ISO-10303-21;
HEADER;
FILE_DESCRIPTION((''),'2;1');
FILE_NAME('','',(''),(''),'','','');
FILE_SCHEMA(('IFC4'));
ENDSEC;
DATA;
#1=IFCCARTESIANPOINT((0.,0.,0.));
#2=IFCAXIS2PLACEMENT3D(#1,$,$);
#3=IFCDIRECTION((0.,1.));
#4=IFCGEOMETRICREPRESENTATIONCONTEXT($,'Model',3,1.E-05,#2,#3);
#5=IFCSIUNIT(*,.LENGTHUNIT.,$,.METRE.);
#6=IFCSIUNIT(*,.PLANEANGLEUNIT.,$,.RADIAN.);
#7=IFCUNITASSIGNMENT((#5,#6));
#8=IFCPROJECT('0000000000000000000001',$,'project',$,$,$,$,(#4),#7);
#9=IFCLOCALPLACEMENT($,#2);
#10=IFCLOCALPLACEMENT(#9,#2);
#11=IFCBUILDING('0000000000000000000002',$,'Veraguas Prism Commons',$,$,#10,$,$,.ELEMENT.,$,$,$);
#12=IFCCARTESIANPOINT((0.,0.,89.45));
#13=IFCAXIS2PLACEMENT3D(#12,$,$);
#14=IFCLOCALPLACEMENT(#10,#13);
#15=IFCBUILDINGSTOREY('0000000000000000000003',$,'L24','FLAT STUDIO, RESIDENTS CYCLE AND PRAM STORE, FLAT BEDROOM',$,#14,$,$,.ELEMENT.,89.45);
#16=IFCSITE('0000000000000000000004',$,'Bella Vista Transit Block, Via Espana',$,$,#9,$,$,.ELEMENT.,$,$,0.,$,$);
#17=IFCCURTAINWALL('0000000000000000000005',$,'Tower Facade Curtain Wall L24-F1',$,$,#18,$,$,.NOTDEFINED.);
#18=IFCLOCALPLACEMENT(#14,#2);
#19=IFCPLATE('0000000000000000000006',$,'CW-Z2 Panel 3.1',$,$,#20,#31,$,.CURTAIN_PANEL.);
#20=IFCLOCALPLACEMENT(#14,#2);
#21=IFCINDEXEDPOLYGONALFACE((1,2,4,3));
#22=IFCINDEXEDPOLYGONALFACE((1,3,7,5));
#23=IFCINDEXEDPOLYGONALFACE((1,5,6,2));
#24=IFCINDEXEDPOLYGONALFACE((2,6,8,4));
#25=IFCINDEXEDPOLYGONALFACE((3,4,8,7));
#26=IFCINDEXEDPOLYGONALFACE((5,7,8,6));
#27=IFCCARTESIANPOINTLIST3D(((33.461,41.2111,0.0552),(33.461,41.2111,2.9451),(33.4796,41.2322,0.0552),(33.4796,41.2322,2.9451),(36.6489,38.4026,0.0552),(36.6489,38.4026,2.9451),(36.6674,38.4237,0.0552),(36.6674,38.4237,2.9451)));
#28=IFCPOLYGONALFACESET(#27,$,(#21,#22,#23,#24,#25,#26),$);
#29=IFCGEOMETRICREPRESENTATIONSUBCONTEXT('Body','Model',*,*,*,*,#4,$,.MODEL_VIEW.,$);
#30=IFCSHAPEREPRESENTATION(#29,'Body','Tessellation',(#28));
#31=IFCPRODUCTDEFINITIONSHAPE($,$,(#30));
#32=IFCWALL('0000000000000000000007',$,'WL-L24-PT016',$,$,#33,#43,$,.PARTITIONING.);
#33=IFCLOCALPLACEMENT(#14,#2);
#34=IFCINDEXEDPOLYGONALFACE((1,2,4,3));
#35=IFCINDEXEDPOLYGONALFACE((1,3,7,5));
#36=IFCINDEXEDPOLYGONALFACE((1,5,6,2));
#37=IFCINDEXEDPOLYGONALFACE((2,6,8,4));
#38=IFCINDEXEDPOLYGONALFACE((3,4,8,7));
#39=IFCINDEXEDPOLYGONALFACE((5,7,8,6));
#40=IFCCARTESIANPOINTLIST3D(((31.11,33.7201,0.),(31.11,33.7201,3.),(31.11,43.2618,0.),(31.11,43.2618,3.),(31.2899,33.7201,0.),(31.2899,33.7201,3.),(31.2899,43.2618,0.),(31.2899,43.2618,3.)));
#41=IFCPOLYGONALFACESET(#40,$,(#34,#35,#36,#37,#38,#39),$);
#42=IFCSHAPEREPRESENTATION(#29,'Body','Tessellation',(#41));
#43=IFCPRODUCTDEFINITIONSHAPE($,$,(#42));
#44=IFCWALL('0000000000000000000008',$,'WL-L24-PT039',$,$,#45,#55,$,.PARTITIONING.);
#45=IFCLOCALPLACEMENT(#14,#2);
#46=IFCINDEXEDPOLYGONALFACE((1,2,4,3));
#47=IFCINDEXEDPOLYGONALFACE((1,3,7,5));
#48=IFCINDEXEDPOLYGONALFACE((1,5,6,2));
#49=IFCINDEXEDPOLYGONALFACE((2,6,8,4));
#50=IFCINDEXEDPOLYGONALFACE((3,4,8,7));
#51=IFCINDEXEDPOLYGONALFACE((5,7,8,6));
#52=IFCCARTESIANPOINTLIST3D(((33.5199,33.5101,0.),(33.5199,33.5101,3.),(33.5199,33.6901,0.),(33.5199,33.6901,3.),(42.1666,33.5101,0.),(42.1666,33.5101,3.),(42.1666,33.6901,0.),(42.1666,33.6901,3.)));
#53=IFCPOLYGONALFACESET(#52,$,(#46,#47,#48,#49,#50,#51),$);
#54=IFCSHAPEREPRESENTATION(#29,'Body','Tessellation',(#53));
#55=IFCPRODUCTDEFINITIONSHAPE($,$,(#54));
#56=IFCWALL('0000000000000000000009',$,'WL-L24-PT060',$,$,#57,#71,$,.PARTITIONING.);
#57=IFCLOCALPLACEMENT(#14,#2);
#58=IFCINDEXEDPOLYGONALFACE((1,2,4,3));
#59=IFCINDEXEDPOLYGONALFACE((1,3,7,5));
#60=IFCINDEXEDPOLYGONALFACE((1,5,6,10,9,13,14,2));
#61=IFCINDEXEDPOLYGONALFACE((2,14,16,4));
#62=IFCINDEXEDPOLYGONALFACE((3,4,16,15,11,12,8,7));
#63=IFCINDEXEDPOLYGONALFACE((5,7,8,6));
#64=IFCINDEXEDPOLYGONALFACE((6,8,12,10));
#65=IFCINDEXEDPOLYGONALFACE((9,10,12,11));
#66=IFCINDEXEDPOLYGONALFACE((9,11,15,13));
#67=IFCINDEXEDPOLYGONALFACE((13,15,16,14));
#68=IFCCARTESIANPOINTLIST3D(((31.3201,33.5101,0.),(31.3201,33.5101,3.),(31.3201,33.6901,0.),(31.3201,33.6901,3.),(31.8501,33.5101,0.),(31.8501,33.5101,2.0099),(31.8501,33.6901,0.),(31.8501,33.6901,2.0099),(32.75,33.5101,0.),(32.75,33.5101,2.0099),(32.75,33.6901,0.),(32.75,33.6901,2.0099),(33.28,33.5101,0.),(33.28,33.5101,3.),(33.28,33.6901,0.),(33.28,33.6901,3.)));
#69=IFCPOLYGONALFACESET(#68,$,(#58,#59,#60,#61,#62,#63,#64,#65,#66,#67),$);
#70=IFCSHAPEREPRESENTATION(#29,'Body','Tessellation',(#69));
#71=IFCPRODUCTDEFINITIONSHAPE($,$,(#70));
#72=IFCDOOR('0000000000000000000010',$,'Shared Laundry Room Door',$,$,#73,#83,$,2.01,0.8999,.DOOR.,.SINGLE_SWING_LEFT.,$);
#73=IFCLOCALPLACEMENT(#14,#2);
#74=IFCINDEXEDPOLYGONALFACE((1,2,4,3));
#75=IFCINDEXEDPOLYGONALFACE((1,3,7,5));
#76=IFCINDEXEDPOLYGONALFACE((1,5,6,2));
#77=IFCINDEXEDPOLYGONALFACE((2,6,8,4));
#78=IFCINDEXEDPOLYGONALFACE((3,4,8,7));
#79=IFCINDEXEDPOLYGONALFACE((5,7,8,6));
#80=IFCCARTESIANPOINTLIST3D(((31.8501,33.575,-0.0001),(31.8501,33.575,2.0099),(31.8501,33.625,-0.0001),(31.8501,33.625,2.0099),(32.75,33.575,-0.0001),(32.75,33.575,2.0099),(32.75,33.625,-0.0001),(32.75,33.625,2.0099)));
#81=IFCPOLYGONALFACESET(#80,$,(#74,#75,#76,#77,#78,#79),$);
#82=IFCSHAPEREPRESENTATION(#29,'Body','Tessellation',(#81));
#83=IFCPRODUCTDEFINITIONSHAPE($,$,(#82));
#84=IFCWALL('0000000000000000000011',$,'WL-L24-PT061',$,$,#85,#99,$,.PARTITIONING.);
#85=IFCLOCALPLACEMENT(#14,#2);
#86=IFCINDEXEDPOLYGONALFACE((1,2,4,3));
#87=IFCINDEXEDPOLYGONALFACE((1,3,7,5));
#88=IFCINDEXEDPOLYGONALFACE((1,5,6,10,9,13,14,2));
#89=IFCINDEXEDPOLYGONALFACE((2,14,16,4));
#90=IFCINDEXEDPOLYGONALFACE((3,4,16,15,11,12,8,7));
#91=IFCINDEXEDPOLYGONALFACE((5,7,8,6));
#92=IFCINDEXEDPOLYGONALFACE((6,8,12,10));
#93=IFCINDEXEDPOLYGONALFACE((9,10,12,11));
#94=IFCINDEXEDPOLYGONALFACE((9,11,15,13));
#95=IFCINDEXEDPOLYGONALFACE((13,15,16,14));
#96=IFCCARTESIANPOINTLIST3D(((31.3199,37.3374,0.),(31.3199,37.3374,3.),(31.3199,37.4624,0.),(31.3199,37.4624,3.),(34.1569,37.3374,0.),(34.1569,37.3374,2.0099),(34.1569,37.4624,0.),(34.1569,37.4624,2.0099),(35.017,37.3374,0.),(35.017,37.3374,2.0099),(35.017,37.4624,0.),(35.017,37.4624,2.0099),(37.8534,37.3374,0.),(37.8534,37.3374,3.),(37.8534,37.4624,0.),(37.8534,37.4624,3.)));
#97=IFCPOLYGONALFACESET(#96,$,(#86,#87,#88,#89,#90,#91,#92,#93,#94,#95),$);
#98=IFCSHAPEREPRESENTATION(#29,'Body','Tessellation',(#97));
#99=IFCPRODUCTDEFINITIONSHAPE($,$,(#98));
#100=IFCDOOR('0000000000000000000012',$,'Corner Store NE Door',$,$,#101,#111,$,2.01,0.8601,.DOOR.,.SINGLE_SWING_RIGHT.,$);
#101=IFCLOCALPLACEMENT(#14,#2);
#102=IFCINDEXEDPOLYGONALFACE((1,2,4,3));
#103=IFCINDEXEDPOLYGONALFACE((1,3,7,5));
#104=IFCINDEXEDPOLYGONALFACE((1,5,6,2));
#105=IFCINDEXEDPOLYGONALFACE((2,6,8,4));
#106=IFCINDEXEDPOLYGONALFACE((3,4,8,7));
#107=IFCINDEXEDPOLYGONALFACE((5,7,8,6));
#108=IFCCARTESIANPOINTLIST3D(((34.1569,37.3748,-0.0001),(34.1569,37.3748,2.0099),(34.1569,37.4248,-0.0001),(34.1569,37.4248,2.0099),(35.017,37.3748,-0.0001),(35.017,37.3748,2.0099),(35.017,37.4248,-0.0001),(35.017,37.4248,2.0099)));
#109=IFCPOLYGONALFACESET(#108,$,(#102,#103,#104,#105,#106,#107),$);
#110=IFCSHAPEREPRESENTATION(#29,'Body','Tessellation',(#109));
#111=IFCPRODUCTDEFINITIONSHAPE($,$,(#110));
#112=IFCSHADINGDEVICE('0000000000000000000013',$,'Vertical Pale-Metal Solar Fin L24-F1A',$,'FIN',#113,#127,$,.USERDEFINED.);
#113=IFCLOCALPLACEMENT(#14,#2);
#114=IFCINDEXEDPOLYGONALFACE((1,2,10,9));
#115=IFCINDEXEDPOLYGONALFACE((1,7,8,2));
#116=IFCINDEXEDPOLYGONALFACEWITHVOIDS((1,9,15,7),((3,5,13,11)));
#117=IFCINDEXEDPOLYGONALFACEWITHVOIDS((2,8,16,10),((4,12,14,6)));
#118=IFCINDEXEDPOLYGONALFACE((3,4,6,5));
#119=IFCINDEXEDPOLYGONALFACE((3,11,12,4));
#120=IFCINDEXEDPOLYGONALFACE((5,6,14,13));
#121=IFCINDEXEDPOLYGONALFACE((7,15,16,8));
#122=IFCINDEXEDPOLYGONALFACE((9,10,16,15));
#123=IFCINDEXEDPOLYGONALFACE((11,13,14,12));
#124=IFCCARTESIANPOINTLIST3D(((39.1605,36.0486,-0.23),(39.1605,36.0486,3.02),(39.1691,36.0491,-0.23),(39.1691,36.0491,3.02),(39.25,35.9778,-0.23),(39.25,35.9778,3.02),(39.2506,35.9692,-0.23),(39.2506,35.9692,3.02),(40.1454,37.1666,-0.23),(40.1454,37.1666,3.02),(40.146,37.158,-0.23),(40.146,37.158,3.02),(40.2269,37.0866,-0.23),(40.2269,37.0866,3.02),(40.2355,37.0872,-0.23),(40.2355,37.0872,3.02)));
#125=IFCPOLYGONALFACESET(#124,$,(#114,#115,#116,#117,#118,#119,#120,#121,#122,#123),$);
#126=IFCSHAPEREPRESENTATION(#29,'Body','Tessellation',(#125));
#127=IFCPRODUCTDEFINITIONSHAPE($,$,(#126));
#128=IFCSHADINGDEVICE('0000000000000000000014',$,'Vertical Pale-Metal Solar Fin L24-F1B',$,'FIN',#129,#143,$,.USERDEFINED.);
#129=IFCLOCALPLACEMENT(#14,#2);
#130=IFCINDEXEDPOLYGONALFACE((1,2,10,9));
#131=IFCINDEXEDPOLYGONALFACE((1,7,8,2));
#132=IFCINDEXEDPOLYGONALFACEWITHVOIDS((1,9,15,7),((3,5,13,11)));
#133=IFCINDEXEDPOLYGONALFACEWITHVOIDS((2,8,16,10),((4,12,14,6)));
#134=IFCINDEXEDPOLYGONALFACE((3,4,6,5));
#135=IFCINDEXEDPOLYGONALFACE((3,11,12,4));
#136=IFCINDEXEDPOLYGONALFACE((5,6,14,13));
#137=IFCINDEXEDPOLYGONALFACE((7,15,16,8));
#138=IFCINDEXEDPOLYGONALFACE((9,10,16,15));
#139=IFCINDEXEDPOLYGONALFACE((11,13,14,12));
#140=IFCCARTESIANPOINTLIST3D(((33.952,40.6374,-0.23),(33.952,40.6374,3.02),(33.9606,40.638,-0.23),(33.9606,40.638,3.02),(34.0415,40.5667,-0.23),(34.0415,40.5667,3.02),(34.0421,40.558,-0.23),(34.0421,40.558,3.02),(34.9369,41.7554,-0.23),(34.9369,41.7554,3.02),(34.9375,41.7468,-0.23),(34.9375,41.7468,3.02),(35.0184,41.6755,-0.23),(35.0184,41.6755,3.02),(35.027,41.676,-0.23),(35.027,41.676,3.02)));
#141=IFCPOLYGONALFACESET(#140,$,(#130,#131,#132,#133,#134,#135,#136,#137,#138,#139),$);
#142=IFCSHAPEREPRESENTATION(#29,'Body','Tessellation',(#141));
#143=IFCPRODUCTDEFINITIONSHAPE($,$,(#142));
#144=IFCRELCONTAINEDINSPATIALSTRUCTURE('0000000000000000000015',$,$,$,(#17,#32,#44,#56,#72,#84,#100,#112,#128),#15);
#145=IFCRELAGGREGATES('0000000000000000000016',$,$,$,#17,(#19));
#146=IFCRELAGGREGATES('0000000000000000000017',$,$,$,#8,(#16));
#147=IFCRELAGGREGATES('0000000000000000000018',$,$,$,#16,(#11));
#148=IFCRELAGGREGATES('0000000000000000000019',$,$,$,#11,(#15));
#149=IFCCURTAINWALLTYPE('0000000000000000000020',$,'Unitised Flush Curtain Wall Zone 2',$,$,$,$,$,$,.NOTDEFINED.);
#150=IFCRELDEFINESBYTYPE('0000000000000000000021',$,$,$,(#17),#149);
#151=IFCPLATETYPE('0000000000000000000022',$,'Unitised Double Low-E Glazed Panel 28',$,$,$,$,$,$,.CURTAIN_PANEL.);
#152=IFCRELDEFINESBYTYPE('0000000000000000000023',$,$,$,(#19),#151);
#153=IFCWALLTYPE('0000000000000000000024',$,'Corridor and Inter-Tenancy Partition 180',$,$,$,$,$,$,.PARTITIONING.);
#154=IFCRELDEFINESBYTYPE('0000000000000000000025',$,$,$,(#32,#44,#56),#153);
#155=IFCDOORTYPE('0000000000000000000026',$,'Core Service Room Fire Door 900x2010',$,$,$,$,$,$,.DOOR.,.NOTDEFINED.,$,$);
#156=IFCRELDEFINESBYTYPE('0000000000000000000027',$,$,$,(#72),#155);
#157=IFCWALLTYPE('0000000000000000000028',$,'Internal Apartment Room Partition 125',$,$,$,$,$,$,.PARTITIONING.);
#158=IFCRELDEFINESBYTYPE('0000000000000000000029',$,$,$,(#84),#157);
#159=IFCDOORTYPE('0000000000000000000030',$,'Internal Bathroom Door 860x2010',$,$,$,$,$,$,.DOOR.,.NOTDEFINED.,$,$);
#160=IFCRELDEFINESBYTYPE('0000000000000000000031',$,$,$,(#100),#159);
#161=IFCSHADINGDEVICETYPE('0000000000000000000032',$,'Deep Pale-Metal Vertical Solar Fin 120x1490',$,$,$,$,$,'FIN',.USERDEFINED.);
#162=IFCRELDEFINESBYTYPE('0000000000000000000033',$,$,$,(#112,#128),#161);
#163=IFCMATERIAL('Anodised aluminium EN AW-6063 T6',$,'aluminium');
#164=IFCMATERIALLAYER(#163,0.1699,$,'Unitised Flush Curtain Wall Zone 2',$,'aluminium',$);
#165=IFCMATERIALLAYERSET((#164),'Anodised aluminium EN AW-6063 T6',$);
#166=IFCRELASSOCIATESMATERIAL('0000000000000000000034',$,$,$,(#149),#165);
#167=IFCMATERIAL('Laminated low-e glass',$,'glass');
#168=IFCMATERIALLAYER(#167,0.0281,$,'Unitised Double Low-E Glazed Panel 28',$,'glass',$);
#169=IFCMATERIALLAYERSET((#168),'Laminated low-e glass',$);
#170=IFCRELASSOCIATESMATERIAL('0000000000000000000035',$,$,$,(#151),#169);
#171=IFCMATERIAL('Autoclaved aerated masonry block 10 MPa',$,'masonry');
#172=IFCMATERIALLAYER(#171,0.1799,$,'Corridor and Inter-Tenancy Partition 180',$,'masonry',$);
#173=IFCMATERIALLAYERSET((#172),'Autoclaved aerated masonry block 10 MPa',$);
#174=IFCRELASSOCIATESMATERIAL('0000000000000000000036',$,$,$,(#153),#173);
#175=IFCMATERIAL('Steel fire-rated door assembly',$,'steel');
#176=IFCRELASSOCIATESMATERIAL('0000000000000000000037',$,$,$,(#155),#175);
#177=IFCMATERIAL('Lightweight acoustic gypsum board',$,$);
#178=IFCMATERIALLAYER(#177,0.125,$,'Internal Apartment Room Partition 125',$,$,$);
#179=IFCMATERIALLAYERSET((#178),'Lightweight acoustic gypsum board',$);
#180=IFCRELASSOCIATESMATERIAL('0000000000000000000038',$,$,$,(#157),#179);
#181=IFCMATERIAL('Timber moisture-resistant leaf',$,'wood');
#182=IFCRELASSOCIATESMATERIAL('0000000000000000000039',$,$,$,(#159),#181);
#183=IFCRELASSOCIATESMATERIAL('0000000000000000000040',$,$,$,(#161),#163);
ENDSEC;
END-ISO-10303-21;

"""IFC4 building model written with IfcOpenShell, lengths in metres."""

from ifc_helpers import new_model, si_unit, direction, frame, frame_2d, origin, origin_2d, place, context, subcontext, project, spatial, rectangle, hollow_rectangle, extrude, source, transform, mapped, material, layer, layer_set, material_profile, profile_set, type_object, element, fill, aggregate, save


model = new_model("IFC4")

# Units and contexts
model_context = context("Model", 3, precision=1e-05, world=origin(), true_north=direction((0.0, 1.0)))
body_context = subcontext(model_context, "Body", "Model", "MODEL_VIEW")
ifc_project = project(units=[si_unit("LENGTHUNIT", "METRE"), si_unit("PLANEANGLEUNIT", "RADIAN")], contexts=[model_context])

# Site, building, storey
site_placement = place(None, origin())
site = spatial("IfcSite", under=ifc_project, at=site_placement, Name="Bella Vista Transit Block, Via Espana", CompositionType="ELEMENT", RefElevation=0.0)
building_placement = place(site_placement, origin())
building = spatial("IfcBuilding", under=site, at=building_placement, Name="Veraguas Prism Commons", CompositionType="ELEMENT")
storey_placement = place(building_placement, frame((0.0, 0.0, 89.45)))
storey = spatial("IfcBuildingStorey", under=building, at=storey_placement, Name="L24", Description="FLAT STUDIO, RESIDENTS CYCLE AND PRAM STORE, FLAT BEDROOM", CompositionType="ELEMENT", Elevation=89.45)

# Curtain wall
ifc_material_1 = material(Name="Anodised aluminium EN AW-6063 T6", Category="aluminium")
ifc_layer_1 = layer(ifc_material_1, 0.1699, Name="Unitised Flush Curtain Wall Zone 2", Category="aluminium")
ifc_layer_set_1 = layer_set([ifc_layer_1], Name="Anodised aluminium EN AW-6063 T6")
curtain_wall_type = type_object("IfcCurtainWallType", Name="Unitised Flush Curtain Wall Zone 2", PredefinedType="NOTDEFINED", material=ifc_layer_set_1)
curtain_wall_1_placement = place(storey_placement, origin())
curtain_wall_1 = element("IfcCurtainWall", 1, at=curtain_wall_1_placement, inside=storey, type_object=curtain_wall_type, Name="Tower Facade Curtain Wall L24-F1", PredefinedType="NOTDEFINED")

# Plate
ifc_material_2 = material(Name="Laminated low-e glass", Category="glass")
ifc_layer_2 = layer(ifc_material_2, 0.0281, Name="Unitised Double Low-E Glazed Panel 28", Category="glass")
ifc_layer_set_2 = layer_set([ifc_layer_2], Name="Laminated low-e glass")
plate_type = type_object("IfcPlateType", Name="Unitised Double Low-E Glazed Panel 28", PredefinedType="CURTAIN_PANEL", material=ifc_layer_set_2)
shared_shape_1 = source(origin(), body_context, "Body", "SweptSolid", [
    extrude(rectangle(XDim=4.2485, YDim=0.0281, at=origin_2d()), origin(), (0.0, 0.0, 1.0), 2.8899),
])
plate_1_placement = place(storey_placement, frame((35.0642, 39.8174, 0.0552), z_axis=(0.0, 0.0, 1.0), x_axis=(-0.750342, 0.66105, 0.0)))
plate_1 = element("IfcPlate", 2, at=plate_1_placement, type_object=plate_type, Name="CW-Z2 Panel 3.1", PredefinedType="CURTAIN_PANEL", context=body_context, shape_type="MappedRepresentation", body=[
    mapped(shared_shape_1, transform((0.0, 0.0, 0.0), scale=1.0)),
])
aggregate(curtain_wall_1, [plate_1])

# Walls
ifc_material_3 = material(Name="Autoclaved aerated masonry block 10 MPa", Category="masonry")
ifc_layer_3 = layer(ifc_material_3, 0.1799, Name="Corridor and Inter-Tenancy Partition 180", Category="masonry")
ifc_layer_set_3 = layer_set([ifc_layer_3], Name="Autoclaved aerated masonry block 10 MPa")
wall_type_1 = type_object("IfcWallType", Name="Corridor and Inter-Tenancy Partition 180", PredefinedType="PARTITIONING", material=ifc_layer_set_3)
wall_1_placement = place(storey_placement, frame((31.2, 33.72, 0.0), z_axis=(0.0, 0.0, 1.0), x_axis=(0.0, 1.0, 0.0)))
element("IfcWall", 3, at=wall_1_placement, inside=storey, type_object=wall_type_1, Name="WL-L24-PT016", PredefinedType="PARTITIONING", context=body_context, shape_type="SweptSolid", body=[
    extrude(rectangle(XDim=9.5417, YDim=0.1799, at=frame_2d((4.771, 0.0))), origin(), (0.0, 0.0, 1.0), 3.0),
])
wall_2_placement = place(storey_placement, frame((33.52, 33.6001, 0.0), z_axis=(0.0, 0.0, 1.0), x_axis=(1.0, 0.0, 0.0)))
element("IfcWall", 4, at=wall_2_placement, inside=storey, type_object=wall_type_1, Name="WL-L24-PT039", PredefinedType="PARTITIONING", context=body_context, shape_type="SweptSolid", body=[
    extrude(rectangle(XDim=8.6467, YDim=0.1799, at=frame_2d((4.3232, 0.0))), origin(), (0.0, 0.0, 1.0), 3.0),
])

# Walls, openings, doors
wall_3_placement = place(storey_placement, frame((31.3201, 33.6001, 0.0), z_axis=(0.0, 0.0, 1.0), x_axis=(1.0, 0.0, 0.0)))
wall_3 = element("IfcWall", 5, at=wall_3_placement, inside=storey, type_object=wall_type_1, Name="WL-L24-PT060", PredefinedType="PARTITIONING", context=body_context, shape_type="SweptSolid", body=[
    extrude(rectangle(XDim=1.96, YDim=0.1799, at=frame_2d((0.98, 0.0))), origin(), (0.0, 0.0, 1.0), 3.0),
])
opening_1_placement = place(wall_3_placement, frame((0.53, 0.0, 0.0)))
opening_1 = element("IfcOpeningElement", 6, at=opening_1_placement, cuts=wall_3, PredefinedType="OPENING", context=body_context, shape_type="SweptSolid", body=[
    extrude(rectangle(XDim=0.8999, YDim=2.01, at=frame_2d((0.45, 1.0049))), frame((0.0, 0.0999, 0.0), z_axis=(0.0, -1.0, 0.0), x_axis=(1.0, 0.0, 0.0)), (0.0, 0.0, 1.0), 0.2),
])
ifc_material_4 = material(Name="Steel fire-rated door assembly", Category="steel")
door_type_1 = type_object("IfcDoorType", Name="Core Service Room Fire Door 900x2010", OperationType="NOTDEFINED", PredefinedType="DOOR", material=ifc_material_4)
shared_shape_2 = source(origin(), body_context, "Body", "SweptSolid", [
    extrude(rectangle(XDim=0.8999, YDim=2.01, at=frame_2d((0.45, 1.0049))), frame((0.0, 0.0249, 0.0), z_axis=(0.0, -1.0, 0.0), x_axis=(1.0, 0.0, 0.0)), (0.0, 0.0, 1.0), 0.05),
])
door_1_placement = place(opening_1_placement, origin())
door_1 = element("IfcDoor", 7, at=door_1_placement, inside=storey, type_object=door_type_1, Name="Shared Laundry Room Door", OperationType="SINGLE_SWING_LEFT", OverallHeight=2.01, OverallWidth=0.8999, PredefinedType="DOOR", context=body_context, shape_type="MappedRepresentation", body=[
    mapped(shared_shape_2, transform((0.0, 0.0, 0.0), scale=1.0)),
])
fill(opening_1, door_1)
ifc_material_5 = material(Name="Lightweight acoustic gypsum board")
ifc_layer_4 = layer(ifc_material_5, 0.125, Name="Internal Apartment Room Partition 125")
ifc_layer_set_4 = layer_set([ifc_layer_4], Name="Lightweight acoustic gypsum board")
wall_type_2 = type_object("IfcWallType", Name="Internal Apartment Room Partition 125", PredefinedType="PARTITIONING", material=ifc_layer_set_4)
wall_4_placement = place(storey_placement, frame((31.3201, 37.3999, 0.0), z_axis=(0.0, 0.0, 1.0), x_axis=(1.0, 0.0, 0.0)))
wall_4 = element("IfcWall", 8, at=wall_4_placement, inside=storey, type_object=wall_type_2, Name="WL-L24-PT061", PredefinedType="PARTITIONING", context=body_context, shape_type="SweptSolid", body=[
    extrude(rectangle(XDim=6.5334, YDim=0.125, at=frame_2d((3.2666, 0.0))), origin(), (0.0, 0.0, 1.0), 3.0),
])
opening_2_placement = place(wall_4_placement, frame((2.8367, 0.0, 0.0)))
opening_2 = element("IfcOpeningElement", 9, at=opening_2_placement, cuts=wall_4, PredefinedType="OPENING", context=body_context, shape_type="SweptSolid", body=[
    extrude(rectangle(XDim=0.8601, YDim=2.01, at=frame_2d((0.4302, 1.0049))), frame((0.0, 0.0725, 0.0), z_axis=(0.0, -1.0, 0.0), x_axis=(1.0, 0.0, 0.0)), (0.0, 0.0, 1.0), 0.145),
])
ifc_material_6 = material(Name="Timber moisture-resistant leaf", Category="wood")
door_type_2 = type_object("IfcDoorType", Name="Internal Bathroom Door 860x2010", OperationType="NOTDEFINED", PredefinedType="DOOR", material=ifc_material_6)
shared_shape_3 = source(origin(), body_context, "Body", "SweptSolid", [
    extrude(rectangle(XDim=0.8601, YDim=2.01, at=frame_2d((0.4302, 1.0049))), frame((0.0, 0.0249, 0.0), z_axis=(0.0, -1.0, 0.0), x_axis=(1.0, 0.0, 0.0)), (0.0, 0.0, 1.0), 0.05),
])
door_2_placement = place(opening_2_placement, origin())
door_2 = element("IfcDoor", 10, at=door_2_placement, inside=storey, type_object=door_type_2, Name="Corner Store NE Door", OperationType="SINGLE_SWING_RIGHT", OverallHeight=2.01, OverallWidth=0.8601, PredefinedType="DOOR", context=body_context, shape_type="MappedRepresentation", body=[
    mapped(shared_shape_3, transform((0.0, 0.0, 0.0), scale=1.0)),
])
fill(opening_2, door_2)

# Shading devices
ifc_material_profile_1 = material_profile(ifc_material_1, hollow_rectangle(XDim=0.1201, YDim=1.49, WallThickness=0.0061, at=origin_2d()), Name="FIN120X1490X6")
ifc_profile_set_1 = profile_set([ifc_material_profile_1], Name="Anodised aluminium EN AW-6063 T6")
shading_device_type = type_object("IfcShadingDeviceType", Name="Deep Pale-Metal Vertical Solar Fin 120x1490", ElementType="FIN", PredefinedType="USERDEFINED", material=ifc_profile_set_1)
for number, where, z_axis, x_axis, name in (
    (11, (39.698, 36.5679, -0.23), (0.0, 0.0, 1.0), (-0.750338, 0.661054, 0.0), "Vertical Pale-Metal Solar Fin L24-F1A"),
    (12, (34.4895, 41.1567, -0.23), (0.0, 0.0, 1.0), (-0.750338, 0.661054, 0.0), "Vertical Pale-Metal Solar Fin L24-F1B"),
):
    element("IfcShadingDevice", number, at=place(storey_placement, frame(where, z_axis=z_axis, x_axis=x_axis)), inside=storey, type_object=shading_device_type, Name=name, ObjectType="FIN", PredefinedType="USERDEFINED", context=body_context, shape_type="SweptSolid", body=[
        extrude(hollow_rectangle(XDim=0.1201, YDim=1.49, WallThickness=0.0061, at=origin_2d()), origin(), (0.0, 0.0, 1.0), 3.25),
    ])

save(model, "model.ifc")
